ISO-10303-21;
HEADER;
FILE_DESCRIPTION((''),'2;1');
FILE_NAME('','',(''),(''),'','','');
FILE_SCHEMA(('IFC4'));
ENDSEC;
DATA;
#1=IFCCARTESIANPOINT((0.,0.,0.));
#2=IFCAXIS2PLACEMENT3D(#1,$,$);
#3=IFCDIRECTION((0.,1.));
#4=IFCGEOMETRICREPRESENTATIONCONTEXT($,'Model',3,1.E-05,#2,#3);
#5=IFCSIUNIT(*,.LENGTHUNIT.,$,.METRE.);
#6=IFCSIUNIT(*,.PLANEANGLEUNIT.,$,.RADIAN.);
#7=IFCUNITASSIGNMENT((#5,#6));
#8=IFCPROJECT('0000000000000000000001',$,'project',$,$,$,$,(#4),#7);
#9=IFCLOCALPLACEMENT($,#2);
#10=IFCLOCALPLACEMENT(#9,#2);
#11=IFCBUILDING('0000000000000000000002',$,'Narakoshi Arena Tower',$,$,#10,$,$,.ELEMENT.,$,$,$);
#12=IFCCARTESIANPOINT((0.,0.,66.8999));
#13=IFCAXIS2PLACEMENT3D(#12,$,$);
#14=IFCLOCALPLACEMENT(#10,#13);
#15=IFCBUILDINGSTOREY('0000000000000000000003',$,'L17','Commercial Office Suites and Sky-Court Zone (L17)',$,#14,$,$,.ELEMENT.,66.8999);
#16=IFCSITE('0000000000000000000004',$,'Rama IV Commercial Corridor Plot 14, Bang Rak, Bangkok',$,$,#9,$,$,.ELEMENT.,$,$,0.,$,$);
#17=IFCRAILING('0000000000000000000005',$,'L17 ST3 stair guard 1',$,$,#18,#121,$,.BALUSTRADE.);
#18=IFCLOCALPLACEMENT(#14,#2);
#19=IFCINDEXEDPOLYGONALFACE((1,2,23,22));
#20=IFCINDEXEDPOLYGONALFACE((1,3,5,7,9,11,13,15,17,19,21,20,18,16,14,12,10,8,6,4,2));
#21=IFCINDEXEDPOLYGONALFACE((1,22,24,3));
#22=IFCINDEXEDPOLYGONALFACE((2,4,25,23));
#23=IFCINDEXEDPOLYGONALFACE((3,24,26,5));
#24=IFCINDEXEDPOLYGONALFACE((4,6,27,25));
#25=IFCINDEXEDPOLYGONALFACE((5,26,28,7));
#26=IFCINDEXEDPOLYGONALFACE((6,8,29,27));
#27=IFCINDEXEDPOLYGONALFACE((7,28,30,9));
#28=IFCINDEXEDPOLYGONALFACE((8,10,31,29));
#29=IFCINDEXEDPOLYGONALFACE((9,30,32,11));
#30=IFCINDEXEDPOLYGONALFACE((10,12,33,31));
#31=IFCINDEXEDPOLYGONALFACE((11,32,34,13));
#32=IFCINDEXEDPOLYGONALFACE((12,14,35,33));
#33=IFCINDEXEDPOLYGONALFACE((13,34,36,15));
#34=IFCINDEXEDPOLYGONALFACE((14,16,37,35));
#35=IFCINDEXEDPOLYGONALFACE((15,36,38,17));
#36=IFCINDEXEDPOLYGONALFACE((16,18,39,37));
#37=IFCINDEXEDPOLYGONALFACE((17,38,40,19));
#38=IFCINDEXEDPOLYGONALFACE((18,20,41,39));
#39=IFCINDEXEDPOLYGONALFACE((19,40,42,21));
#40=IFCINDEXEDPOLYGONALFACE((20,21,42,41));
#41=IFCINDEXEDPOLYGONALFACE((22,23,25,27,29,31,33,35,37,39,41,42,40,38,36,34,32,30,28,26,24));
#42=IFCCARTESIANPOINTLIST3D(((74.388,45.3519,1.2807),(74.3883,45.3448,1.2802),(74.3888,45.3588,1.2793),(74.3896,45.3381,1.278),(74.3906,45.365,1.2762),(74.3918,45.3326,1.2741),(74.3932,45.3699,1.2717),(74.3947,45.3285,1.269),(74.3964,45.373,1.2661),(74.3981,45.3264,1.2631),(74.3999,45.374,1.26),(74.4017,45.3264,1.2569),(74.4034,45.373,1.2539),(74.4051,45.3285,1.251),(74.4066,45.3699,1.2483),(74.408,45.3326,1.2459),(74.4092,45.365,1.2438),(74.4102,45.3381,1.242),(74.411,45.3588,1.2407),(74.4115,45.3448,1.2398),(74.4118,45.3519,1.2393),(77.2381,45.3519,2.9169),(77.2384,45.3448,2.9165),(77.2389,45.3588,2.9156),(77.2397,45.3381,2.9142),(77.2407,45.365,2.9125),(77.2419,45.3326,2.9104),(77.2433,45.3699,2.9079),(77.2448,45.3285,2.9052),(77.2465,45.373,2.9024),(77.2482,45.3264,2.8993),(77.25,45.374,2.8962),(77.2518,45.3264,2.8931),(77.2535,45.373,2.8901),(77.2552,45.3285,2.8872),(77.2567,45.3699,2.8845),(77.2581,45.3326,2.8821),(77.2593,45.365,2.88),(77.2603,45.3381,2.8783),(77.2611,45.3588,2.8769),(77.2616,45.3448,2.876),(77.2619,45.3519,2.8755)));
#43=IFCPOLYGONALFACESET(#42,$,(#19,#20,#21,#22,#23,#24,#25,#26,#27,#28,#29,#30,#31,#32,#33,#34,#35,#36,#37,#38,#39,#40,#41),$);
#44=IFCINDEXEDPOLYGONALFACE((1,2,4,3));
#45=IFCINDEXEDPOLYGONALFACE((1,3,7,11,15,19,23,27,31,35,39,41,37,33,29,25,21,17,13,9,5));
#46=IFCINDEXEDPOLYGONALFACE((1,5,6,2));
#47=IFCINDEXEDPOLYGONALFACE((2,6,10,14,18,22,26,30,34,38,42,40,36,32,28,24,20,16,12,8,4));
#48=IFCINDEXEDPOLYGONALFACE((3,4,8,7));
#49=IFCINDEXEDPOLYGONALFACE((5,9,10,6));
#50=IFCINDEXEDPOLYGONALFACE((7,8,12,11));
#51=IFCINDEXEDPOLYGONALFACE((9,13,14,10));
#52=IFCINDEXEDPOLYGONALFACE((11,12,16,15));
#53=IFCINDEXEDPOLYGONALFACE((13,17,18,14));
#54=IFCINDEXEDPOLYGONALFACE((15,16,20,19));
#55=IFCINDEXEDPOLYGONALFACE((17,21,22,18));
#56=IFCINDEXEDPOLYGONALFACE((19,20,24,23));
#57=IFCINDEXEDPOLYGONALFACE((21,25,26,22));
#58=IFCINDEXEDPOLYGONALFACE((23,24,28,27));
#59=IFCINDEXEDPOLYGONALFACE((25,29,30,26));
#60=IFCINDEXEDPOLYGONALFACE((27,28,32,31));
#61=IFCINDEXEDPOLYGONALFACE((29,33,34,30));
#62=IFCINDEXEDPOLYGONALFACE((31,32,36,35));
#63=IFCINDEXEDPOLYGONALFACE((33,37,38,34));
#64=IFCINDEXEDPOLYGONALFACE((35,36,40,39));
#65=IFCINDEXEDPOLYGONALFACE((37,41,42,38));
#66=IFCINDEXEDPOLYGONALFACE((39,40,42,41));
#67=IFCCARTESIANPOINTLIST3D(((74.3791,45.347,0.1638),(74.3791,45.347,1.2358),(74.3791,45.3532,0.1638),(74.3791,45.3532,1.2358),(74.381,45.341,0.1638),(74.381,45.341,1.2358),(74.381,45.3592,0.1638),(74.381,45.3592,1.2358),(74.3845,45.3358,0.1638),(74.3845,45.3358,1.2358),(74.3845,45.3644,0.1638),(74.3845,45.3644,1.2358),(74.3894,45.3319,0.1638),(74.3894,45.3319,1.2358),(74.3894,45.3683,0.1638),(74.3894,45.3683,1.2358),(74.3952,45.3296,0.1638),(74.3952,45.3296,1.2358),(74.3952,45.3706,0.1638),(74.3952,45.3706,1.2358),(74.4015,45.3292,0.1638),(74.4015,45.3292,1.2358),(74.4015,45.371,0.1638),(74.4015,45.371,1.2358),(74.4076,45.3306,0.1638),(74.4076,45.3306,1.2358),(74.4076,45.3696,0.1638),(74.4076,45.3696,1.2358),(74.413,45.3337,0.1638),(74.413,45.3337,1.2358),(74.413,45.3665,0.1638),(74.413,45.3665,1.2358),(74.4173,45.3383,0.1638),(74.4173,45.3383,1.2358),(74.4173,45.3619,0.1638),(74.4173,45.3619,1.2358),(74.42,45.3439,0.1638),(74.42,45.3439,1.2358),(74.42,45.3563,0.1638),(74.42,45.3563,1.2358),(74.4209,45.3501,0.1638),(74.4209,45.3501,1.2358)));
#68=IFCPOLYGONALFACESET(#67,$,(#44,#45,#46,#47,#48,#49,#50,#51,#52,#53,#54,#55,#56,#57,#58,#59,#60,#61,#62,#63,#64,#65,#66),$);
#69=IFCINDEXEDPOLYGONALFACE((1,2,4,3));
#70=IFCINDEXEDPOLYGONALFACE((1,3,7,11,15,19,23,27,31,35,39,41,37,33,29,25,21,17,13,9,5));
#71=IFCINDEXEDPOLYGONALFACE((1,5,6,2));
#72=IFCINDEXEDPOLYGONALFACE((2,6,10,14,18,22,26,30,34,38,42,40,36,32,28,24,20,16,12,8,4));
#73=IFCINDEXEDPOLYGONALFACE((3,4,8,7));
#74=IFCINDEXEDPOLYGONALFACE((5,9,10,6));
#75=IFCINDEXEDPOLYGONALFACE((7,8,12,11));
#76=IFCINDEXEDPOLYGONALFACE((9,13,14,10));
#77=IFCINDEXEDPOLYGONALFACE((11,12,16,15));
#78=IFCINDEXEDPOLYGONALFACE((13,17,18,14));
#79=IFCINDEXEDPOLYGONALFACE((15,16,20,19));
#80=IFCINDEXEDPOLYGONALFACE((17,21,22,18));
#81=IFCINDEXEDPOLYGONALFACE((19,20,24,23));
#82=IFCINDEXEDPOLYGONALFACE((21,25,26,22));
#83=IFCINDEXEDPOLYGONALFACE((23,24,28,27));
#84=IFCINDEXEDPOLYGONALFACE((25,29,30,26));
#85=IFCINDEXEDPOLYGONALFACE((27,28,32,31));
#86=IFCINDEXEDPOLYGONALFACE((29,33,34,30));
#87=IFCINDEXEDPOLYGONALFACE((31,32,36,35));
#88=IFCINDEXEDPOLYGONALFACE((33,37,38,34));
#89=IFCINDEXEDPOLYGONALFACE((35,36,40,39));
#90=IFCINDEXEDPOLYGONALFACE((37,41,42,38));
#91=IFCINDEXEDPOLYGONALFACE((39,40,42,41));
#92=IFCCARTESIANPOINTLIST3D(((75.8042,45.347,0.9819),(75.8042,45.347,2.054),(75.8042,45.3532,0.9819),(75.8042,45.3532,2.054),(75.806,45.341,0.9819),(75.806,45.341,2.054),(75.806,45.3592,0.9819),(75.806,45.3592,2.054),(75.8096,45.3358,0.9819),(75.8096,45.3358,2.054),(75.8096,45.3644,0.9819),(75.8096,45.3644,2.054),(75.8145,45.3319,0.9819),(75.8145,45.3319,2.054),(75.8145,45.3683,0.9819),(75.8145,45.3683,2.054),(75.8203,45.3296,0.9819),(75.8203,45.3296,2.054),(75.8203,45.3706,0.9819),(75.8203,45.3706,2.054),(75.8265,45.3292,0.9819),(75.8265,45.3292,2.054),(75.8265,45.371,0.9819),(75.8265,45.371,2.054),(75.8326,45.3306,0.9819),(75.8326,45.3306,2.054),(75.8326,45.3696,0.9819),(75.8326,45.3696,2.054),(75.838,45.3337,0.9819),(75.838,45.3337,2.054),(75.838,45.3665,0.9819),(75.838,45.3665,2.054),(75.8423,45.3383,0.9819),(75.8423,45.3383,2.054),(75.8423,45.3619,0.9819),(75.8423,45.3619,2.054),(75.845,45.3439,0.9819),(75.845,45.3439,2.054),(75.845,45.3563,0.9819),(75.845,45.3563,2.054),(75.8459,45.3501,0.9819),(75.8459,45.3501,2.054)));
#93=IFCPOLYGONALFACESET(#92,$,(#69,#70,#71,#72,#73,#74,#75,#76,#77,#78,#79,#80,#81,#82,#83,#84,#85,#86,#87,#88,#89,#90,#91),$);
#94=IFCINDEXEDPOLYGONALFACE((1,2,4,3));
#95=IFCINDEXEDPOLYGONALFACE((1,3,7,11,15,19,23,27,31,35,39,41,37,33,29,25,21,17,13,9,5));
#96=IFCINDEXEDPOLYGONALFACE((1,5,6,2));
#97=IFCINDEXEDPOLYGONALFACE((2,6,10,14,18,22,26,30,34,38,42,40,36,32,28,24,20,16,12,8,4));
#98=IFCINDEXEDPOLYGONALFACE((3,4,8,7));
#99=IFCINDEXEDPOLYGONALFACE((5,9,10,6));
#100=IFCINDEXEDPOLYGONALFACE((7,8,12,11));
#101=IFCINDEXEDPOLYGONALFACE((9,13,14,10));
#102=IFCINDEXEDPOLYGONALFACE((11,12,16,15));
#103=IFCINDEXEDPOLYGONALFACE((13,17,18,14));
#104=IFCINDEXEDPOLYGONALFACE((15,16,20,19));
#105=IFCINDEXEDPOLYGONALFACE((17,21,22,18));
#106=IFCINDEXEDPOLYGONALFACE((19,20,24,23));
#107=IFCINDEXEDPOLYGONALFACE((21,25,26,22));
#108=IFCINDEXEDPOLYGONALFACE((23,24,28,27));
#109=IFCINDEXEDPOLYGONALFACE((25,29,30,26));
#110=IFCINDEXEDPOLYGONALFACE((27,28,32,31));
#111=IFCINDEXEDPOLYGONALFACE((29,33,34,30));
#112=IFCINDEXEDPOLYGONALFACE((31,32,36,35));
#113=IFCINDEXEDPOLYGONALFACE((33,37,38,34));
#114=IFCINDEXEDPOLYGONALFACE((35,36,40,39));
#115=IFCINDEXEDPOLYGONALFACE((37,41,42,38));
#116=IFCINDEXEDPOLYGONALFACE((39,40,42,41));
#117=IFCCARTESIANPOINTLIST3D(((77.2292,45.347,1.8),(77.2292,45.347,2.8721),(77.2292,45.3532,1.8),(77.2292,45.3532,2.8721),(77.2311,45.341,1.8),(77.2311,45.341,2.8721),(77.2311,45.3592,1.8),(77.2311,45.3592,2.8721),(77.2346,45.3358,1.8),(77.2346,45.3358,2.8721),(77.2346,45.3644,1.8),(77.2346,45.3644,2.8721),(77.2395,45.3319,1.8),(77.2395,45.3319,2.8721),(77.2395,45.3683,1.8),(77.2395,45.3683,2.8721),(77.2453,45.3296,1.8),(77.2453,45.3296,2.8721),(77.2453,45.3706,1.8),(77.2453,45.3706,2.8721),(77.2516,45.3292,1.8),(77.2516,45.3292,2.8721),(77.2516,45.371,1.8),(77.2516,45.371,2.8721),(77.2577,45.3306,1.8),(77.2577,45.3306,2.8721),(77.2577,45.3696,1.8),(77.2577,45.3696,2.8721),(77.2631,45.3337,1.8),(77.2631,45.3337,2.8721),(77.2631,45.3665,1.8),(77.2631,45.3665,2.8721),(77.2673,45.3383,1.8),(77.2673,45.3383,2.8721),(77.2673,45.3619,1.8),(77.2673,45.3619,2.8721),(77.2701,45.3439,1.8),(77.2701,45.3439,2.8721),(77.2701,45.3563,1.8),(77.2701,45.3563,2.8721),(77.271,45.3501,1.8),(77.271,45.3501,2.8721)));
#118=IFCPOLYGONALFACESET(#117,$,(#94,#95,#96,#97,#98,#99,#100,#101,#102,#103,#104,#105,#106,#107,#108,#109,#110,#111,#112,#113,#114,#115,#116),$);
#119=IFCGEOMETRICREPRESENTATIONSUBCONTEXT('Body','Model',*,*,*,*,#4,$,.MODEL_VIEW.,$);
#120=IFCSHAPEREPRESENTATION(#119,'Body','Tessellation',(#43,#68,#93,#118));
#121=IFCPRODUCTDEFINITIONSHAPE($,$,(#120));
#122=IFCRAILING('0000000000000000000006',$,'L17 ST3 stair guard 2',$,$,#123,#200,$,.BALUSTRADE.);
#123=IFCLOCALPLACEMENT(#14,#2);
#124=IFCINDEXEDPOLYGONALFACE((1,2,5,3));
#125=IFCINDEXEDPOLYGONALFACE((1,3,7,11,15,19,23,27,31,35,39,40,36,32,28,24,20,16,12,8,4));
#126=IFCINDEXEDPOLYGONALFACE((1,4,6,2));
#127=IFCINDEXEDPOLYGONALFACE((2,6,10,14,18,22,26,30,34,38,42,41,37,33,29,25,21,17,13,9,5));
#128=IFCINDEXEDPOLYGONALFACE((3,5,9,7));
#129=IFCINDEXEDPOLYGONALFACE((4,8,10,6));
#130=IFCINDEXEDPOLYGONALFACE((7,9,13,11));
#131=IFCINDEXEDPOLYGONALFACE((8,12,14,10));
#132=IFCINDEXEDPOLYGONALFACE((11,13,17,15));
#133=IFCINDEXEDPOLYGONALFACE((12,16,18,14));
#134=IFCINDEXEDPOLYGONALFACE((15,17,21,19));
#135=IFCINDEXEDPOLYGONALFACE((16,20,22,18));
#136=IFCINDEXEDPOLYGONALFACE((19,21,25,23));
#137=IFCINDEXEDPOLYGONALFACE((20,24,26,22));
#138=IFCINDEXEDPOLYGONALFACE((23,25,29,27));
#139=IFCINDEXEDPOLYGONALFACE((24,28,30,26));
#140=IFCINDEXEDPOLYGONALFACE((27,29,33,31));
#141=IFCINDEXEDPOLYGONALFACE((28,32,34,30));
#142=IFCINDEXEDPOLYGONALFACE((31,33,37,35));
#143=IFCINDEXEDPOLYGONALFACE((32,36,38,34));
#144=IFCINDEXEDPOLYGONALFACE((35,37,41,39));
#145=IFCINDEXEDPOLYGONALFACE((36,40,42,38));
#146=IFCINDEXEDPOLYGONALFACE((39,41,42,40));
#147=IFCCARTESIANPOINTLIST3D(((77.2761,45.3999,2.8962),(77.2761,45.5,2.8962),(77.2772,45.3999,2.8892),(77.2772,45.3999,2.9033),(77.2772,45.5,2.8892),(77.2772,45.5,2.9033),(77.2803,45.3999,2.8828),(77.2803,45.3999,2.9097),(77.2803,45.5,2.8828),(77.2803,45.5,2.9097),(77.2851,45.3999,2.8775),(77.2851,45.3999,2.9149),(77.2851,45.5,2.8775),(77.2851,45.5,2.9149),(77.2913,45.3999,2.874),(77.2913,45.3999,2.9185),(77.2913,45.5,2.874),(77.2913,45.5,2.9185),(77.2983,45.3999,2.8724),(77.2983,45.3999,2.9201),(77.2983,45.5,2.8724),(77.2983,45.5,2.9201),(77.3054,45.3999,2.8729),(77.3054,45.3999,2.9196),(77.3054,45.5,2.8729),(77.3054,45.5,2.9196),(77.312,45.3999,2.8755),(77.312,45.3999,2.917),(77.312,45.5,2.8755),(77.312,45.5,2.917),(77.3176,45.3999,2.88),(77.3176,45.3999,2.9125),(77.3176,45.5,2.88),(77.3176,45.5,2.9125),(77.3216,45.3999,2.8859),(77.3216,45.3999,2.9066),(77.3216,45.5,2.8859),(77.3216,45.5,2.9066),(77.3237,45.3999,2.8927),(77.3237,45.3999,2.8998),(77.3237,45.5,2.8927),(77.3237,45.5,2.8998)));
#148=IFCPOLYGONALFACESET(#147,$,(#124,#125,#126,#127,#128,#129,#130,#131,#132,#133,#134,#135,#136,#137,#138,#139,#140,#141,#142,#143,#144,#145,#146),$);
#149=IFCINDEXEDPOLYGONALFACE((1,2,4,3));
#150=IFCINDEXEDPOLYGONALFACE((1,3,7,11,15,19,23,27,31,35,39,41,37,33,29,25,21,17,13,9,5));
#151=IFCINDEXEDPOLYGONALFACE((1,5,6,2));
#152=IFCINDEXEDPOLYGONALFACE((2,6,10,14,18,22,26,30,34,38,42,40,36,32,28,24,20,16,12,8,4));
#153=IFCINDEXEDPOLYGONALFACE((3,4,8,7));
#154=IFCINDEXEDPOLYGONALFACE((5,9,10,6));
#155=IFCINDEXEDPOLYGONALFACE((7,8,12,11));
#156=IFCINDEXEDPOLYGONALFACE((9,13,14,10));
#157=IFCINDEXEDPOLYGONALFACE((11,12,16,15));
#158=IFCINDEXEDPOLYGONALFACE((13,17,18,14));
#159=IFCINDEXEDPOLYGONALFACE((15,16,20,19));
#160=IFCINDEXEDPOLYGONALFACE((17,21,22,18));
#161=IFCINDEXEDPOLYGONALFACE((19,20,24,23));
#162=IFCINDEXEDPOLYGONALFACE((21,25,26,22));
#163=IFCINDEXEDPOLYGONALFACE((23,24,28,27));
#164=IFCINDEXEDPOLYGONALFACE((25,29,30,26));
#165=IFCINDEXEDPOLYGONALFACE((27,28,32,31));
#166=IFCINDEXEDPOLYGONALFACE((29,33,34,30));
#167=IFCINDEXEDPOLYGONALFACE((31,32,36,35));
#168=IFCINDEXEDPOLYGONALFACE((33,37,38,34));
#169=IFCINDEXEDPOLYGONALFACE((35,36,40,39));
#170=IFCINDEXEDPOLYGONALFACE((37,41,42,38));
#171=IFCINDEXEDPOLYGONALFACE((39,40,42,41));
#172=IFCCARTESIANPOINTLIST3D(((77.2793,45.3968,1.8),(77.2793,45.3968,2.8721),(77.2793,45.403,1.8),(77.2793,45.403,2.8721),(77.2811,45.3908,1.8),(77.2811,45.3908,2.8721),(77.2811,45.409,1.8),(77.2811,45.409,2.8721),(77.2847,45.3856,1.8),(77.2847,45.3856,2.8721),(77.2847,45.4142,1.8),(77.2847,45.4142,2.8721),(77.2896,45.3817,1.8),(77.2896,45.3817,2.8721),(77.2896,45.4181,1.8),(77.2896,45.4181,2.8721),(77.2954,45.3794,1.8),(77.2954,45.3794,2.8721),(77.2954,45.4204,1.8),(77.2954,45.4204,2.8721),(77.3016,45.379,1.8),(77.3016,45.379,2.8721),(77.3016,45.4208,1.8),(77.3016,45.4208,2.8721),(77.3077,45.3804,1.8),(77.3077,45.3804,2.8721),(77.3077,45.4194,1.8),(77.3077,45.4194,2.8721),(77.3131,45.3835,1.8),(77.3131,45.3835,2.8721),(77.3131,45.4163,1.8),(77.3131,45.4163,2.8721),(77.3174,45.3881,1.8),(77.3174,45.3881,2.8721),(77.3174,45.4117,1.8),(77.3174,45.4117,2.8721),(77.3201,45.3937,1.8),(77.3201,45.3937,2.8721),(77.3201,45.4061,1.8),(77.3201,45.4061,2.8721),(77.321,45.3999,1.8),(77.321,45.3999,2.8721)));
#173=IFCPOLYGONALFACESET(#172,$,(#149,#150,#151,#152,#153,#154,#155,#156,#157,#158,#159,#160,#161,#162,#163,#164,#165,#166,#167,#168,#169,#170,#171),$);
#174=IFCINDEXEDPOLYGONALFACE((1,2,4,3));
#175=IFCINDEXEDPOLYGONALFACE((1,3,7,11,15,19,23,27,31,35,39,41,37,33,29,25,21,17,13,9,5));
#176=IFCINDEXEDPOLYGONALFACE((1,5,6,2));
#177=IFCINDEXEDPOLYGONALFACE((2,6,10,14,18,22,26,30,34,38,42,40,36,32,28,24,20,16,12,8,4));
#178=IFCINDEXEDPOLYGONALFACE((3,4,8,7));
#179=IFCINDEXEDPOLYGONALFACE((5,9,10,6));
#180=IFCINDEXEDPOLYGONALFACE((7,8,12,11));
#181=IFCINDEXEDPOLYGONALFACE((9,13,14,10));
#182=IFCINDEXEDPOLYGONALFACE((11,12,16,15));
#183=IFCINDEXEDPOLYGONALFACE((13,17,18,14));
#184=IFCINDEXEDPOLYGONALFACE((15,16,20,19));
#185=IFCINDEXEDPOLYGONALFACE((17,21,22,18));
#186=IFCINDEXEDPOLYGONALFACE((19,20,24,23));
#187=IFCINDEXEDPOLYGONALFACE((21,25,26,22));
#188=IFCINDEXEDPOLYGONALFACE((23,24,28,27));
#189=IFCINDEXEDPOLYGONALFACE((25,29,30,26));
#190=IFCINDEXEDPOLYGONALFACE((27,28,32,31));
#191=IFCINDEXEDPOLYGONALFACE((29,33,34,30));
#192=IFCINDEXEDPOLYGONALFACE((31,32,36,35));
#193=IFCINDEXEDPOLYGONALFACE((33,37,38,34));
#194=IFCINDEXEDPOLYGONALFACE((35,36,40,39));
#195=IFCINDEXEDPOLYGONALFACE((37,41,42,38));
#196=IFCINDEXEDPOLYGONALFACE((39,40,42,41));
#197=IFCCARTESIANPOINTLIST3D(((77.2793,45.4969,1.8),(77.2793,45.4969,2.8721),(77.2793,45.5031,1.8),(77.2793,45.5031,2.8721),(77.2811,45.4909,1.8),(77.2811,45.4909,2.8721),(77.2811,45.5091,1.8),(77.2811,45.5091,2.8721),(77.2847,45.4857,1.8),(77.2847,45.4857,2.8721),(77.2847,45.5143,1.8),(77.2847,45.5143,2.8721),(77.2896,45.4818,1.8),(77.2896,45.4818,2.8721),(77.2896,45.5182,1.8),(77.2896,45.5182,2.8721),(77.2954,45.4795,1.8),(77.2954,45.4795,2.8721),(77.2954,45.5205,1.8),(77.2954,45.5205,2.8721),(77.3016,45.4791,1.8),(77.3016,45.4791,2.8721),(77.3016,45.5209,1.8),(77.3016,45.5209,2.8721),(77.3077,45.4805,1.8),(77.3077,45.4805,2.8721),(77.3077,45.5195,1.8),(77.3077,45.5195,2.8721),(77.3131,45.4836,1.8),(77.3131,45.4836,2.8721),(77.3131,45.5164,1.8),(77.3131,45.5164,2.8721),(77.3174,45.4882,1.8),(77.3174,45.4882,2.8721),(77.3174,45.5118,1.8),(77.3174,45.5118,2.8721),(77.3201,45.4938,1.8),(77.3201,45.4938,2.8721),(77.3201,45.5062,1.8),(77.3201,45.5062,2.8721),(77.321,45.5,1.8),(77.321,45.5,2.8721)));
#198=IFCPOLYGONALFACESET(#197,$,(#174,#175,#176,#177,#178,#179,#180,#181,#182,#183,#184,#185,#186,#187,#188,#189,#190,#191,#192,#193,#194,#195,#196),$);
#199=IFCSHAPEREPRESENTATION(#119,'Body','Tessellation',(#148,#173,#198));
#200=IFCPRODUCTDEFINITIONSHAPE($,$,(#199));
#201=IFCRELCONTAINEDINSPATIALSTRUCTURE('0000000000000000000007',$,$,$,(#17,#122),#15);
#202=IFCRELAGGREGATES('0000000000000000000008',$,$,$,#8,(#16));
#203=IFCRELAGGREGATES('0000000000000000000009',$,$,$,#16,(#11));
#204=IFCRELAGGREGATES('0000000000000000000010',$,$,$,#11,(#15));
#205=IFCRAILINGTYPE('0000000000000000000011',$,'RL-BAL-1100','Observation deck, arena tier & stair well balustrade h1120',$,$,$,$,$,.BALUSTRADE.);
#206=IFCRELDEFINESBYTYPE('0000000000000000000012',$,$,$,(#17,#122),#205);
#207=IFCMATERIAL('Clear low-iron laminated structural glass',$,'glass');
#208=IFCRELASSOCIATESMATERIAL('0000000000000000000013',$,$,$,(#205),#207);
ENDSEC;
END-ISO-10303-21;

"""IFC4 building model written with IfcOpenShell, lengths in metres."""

from ifc_helpers import new_model, si_unit, direction, frame, origin, origin_2d, place, context, subcontext, project, spatial, circle, extrude, material, type_object, element, save


model = new_model("IFC4")

# Units and contexts
model_context = context("Model", 3, precision=1e-05, world=origin(), true_north=direction((0.0, 1.0)))
body_context = subcontext(model_context, "Body", "Model", "MODEL_VIEW")
ifc_project = project(units=[si_unit("LENGTHUNIT", "METRE"), si_unit("PLANEANGLEUNIT", "RADIAN")], contexts=[model_context])

# Site, building, storey
site_placement = place(None, origin())
site = spatial("IfcSite", under=ifc_project, at=site_placement, Name="Rama IV Commercial Corridor Plot 14, Bang Rak, Bangkok", CompositionType="ELEMENT", RefElevation=0.0)
building_placement = place(site_placement, origin())
building = spatial("IfcBuilding", under=site, at=building_placement, Name="Narakoshi Arena Tower", CompositionType="ELEMENT")
storey_placement = place(building_placement, frame((0.0, 0.0, 66.8999)))
storey = spatial("IfcBuildingStorey", under=building, at=storey_placement, Name="L17", Description="Commercial Office Suites and Sky-Court Zone (L17)", CompositionType="ELEMENT", Elevation=66.8999)

# Railings
ifc_material_1 = material(Name="Clear low-iron laminated structural glass", Category="glass")
railing_type_1 = type_object("IfcRailingType", Name="RL-BAL-1100", Description="Observation deck, arena tier & stair well balustrade h1120", PredefinedType="BALUSTRADE", material=ifc_material_1)
railing_1_placement = place(storey_placement, frame((74.3999, 45.3501, 0.1638)))
element("IfcRailing", 1, at=railing_1_placement, inside=storey, type_object=railing_type_1, Name="L17 ST3 stair guard 1", PredefinedType="BALUSTRADE", context=body_context, shape_type="SweptSolid", body=[
    extrude(circle(Radius=0.0239, at=origin_2d()), frame((0.0, 0.0, 1.0962), z_axis=(0.867245, 0.0, 0.497882), x_axis=(0.0, 1.0, 0.0)), (0.0, 0.0, 1.0), 3.2864),
    extrude(circle(Radius=0.021, at=origin_2d()), origin(), (0.0, 0.0, 1.0), 1.072),
    extrude(circle(Radius=0.021, at=origin_2d()), frame((1.425, 0.0, 0.8181)), (0.0, 0.0, 1.0), 1.072),
    extrude(circle(Radius=0.021, at=origin_2d()), frame((2.8501, 0.0, 1.6362)), (0.0, 0.0, 1.0), 1.072),
])
railing_2_placement = place(storey_placement, frame((77.3, 45.3999, 1.8)))
element("IfcRailing", 2, at=railing_2_placement, inside=storey, type_object=railing_type_1, Name="L17 ST3 stair guard 2", PredefinedType="BALUSTRADE", context=body_context, shape_type="SweptSolid", body=[
    extrude(circle(Radius=0.0239, at=origin_2d()), frame((0.0, 0.0, 1.0962), z_axis=(0.0, 1.0, 0.0), x_axis=(-1.0, 0.0, 0.0)), (0.0, 0.0, 1.0), 0.1001),
    extrude(circle(Radius=0.021, at=origin_2d()), origin(), (0.0, 0.0, 1.0), 1.072),
    extrude(circle(Radius=0.021, at=origin_2d()), frame((0.0, 0.1001, 0.0)), (0.0, 0.0, 1.0), 1.072),
])

save(model, "model.ifc")
